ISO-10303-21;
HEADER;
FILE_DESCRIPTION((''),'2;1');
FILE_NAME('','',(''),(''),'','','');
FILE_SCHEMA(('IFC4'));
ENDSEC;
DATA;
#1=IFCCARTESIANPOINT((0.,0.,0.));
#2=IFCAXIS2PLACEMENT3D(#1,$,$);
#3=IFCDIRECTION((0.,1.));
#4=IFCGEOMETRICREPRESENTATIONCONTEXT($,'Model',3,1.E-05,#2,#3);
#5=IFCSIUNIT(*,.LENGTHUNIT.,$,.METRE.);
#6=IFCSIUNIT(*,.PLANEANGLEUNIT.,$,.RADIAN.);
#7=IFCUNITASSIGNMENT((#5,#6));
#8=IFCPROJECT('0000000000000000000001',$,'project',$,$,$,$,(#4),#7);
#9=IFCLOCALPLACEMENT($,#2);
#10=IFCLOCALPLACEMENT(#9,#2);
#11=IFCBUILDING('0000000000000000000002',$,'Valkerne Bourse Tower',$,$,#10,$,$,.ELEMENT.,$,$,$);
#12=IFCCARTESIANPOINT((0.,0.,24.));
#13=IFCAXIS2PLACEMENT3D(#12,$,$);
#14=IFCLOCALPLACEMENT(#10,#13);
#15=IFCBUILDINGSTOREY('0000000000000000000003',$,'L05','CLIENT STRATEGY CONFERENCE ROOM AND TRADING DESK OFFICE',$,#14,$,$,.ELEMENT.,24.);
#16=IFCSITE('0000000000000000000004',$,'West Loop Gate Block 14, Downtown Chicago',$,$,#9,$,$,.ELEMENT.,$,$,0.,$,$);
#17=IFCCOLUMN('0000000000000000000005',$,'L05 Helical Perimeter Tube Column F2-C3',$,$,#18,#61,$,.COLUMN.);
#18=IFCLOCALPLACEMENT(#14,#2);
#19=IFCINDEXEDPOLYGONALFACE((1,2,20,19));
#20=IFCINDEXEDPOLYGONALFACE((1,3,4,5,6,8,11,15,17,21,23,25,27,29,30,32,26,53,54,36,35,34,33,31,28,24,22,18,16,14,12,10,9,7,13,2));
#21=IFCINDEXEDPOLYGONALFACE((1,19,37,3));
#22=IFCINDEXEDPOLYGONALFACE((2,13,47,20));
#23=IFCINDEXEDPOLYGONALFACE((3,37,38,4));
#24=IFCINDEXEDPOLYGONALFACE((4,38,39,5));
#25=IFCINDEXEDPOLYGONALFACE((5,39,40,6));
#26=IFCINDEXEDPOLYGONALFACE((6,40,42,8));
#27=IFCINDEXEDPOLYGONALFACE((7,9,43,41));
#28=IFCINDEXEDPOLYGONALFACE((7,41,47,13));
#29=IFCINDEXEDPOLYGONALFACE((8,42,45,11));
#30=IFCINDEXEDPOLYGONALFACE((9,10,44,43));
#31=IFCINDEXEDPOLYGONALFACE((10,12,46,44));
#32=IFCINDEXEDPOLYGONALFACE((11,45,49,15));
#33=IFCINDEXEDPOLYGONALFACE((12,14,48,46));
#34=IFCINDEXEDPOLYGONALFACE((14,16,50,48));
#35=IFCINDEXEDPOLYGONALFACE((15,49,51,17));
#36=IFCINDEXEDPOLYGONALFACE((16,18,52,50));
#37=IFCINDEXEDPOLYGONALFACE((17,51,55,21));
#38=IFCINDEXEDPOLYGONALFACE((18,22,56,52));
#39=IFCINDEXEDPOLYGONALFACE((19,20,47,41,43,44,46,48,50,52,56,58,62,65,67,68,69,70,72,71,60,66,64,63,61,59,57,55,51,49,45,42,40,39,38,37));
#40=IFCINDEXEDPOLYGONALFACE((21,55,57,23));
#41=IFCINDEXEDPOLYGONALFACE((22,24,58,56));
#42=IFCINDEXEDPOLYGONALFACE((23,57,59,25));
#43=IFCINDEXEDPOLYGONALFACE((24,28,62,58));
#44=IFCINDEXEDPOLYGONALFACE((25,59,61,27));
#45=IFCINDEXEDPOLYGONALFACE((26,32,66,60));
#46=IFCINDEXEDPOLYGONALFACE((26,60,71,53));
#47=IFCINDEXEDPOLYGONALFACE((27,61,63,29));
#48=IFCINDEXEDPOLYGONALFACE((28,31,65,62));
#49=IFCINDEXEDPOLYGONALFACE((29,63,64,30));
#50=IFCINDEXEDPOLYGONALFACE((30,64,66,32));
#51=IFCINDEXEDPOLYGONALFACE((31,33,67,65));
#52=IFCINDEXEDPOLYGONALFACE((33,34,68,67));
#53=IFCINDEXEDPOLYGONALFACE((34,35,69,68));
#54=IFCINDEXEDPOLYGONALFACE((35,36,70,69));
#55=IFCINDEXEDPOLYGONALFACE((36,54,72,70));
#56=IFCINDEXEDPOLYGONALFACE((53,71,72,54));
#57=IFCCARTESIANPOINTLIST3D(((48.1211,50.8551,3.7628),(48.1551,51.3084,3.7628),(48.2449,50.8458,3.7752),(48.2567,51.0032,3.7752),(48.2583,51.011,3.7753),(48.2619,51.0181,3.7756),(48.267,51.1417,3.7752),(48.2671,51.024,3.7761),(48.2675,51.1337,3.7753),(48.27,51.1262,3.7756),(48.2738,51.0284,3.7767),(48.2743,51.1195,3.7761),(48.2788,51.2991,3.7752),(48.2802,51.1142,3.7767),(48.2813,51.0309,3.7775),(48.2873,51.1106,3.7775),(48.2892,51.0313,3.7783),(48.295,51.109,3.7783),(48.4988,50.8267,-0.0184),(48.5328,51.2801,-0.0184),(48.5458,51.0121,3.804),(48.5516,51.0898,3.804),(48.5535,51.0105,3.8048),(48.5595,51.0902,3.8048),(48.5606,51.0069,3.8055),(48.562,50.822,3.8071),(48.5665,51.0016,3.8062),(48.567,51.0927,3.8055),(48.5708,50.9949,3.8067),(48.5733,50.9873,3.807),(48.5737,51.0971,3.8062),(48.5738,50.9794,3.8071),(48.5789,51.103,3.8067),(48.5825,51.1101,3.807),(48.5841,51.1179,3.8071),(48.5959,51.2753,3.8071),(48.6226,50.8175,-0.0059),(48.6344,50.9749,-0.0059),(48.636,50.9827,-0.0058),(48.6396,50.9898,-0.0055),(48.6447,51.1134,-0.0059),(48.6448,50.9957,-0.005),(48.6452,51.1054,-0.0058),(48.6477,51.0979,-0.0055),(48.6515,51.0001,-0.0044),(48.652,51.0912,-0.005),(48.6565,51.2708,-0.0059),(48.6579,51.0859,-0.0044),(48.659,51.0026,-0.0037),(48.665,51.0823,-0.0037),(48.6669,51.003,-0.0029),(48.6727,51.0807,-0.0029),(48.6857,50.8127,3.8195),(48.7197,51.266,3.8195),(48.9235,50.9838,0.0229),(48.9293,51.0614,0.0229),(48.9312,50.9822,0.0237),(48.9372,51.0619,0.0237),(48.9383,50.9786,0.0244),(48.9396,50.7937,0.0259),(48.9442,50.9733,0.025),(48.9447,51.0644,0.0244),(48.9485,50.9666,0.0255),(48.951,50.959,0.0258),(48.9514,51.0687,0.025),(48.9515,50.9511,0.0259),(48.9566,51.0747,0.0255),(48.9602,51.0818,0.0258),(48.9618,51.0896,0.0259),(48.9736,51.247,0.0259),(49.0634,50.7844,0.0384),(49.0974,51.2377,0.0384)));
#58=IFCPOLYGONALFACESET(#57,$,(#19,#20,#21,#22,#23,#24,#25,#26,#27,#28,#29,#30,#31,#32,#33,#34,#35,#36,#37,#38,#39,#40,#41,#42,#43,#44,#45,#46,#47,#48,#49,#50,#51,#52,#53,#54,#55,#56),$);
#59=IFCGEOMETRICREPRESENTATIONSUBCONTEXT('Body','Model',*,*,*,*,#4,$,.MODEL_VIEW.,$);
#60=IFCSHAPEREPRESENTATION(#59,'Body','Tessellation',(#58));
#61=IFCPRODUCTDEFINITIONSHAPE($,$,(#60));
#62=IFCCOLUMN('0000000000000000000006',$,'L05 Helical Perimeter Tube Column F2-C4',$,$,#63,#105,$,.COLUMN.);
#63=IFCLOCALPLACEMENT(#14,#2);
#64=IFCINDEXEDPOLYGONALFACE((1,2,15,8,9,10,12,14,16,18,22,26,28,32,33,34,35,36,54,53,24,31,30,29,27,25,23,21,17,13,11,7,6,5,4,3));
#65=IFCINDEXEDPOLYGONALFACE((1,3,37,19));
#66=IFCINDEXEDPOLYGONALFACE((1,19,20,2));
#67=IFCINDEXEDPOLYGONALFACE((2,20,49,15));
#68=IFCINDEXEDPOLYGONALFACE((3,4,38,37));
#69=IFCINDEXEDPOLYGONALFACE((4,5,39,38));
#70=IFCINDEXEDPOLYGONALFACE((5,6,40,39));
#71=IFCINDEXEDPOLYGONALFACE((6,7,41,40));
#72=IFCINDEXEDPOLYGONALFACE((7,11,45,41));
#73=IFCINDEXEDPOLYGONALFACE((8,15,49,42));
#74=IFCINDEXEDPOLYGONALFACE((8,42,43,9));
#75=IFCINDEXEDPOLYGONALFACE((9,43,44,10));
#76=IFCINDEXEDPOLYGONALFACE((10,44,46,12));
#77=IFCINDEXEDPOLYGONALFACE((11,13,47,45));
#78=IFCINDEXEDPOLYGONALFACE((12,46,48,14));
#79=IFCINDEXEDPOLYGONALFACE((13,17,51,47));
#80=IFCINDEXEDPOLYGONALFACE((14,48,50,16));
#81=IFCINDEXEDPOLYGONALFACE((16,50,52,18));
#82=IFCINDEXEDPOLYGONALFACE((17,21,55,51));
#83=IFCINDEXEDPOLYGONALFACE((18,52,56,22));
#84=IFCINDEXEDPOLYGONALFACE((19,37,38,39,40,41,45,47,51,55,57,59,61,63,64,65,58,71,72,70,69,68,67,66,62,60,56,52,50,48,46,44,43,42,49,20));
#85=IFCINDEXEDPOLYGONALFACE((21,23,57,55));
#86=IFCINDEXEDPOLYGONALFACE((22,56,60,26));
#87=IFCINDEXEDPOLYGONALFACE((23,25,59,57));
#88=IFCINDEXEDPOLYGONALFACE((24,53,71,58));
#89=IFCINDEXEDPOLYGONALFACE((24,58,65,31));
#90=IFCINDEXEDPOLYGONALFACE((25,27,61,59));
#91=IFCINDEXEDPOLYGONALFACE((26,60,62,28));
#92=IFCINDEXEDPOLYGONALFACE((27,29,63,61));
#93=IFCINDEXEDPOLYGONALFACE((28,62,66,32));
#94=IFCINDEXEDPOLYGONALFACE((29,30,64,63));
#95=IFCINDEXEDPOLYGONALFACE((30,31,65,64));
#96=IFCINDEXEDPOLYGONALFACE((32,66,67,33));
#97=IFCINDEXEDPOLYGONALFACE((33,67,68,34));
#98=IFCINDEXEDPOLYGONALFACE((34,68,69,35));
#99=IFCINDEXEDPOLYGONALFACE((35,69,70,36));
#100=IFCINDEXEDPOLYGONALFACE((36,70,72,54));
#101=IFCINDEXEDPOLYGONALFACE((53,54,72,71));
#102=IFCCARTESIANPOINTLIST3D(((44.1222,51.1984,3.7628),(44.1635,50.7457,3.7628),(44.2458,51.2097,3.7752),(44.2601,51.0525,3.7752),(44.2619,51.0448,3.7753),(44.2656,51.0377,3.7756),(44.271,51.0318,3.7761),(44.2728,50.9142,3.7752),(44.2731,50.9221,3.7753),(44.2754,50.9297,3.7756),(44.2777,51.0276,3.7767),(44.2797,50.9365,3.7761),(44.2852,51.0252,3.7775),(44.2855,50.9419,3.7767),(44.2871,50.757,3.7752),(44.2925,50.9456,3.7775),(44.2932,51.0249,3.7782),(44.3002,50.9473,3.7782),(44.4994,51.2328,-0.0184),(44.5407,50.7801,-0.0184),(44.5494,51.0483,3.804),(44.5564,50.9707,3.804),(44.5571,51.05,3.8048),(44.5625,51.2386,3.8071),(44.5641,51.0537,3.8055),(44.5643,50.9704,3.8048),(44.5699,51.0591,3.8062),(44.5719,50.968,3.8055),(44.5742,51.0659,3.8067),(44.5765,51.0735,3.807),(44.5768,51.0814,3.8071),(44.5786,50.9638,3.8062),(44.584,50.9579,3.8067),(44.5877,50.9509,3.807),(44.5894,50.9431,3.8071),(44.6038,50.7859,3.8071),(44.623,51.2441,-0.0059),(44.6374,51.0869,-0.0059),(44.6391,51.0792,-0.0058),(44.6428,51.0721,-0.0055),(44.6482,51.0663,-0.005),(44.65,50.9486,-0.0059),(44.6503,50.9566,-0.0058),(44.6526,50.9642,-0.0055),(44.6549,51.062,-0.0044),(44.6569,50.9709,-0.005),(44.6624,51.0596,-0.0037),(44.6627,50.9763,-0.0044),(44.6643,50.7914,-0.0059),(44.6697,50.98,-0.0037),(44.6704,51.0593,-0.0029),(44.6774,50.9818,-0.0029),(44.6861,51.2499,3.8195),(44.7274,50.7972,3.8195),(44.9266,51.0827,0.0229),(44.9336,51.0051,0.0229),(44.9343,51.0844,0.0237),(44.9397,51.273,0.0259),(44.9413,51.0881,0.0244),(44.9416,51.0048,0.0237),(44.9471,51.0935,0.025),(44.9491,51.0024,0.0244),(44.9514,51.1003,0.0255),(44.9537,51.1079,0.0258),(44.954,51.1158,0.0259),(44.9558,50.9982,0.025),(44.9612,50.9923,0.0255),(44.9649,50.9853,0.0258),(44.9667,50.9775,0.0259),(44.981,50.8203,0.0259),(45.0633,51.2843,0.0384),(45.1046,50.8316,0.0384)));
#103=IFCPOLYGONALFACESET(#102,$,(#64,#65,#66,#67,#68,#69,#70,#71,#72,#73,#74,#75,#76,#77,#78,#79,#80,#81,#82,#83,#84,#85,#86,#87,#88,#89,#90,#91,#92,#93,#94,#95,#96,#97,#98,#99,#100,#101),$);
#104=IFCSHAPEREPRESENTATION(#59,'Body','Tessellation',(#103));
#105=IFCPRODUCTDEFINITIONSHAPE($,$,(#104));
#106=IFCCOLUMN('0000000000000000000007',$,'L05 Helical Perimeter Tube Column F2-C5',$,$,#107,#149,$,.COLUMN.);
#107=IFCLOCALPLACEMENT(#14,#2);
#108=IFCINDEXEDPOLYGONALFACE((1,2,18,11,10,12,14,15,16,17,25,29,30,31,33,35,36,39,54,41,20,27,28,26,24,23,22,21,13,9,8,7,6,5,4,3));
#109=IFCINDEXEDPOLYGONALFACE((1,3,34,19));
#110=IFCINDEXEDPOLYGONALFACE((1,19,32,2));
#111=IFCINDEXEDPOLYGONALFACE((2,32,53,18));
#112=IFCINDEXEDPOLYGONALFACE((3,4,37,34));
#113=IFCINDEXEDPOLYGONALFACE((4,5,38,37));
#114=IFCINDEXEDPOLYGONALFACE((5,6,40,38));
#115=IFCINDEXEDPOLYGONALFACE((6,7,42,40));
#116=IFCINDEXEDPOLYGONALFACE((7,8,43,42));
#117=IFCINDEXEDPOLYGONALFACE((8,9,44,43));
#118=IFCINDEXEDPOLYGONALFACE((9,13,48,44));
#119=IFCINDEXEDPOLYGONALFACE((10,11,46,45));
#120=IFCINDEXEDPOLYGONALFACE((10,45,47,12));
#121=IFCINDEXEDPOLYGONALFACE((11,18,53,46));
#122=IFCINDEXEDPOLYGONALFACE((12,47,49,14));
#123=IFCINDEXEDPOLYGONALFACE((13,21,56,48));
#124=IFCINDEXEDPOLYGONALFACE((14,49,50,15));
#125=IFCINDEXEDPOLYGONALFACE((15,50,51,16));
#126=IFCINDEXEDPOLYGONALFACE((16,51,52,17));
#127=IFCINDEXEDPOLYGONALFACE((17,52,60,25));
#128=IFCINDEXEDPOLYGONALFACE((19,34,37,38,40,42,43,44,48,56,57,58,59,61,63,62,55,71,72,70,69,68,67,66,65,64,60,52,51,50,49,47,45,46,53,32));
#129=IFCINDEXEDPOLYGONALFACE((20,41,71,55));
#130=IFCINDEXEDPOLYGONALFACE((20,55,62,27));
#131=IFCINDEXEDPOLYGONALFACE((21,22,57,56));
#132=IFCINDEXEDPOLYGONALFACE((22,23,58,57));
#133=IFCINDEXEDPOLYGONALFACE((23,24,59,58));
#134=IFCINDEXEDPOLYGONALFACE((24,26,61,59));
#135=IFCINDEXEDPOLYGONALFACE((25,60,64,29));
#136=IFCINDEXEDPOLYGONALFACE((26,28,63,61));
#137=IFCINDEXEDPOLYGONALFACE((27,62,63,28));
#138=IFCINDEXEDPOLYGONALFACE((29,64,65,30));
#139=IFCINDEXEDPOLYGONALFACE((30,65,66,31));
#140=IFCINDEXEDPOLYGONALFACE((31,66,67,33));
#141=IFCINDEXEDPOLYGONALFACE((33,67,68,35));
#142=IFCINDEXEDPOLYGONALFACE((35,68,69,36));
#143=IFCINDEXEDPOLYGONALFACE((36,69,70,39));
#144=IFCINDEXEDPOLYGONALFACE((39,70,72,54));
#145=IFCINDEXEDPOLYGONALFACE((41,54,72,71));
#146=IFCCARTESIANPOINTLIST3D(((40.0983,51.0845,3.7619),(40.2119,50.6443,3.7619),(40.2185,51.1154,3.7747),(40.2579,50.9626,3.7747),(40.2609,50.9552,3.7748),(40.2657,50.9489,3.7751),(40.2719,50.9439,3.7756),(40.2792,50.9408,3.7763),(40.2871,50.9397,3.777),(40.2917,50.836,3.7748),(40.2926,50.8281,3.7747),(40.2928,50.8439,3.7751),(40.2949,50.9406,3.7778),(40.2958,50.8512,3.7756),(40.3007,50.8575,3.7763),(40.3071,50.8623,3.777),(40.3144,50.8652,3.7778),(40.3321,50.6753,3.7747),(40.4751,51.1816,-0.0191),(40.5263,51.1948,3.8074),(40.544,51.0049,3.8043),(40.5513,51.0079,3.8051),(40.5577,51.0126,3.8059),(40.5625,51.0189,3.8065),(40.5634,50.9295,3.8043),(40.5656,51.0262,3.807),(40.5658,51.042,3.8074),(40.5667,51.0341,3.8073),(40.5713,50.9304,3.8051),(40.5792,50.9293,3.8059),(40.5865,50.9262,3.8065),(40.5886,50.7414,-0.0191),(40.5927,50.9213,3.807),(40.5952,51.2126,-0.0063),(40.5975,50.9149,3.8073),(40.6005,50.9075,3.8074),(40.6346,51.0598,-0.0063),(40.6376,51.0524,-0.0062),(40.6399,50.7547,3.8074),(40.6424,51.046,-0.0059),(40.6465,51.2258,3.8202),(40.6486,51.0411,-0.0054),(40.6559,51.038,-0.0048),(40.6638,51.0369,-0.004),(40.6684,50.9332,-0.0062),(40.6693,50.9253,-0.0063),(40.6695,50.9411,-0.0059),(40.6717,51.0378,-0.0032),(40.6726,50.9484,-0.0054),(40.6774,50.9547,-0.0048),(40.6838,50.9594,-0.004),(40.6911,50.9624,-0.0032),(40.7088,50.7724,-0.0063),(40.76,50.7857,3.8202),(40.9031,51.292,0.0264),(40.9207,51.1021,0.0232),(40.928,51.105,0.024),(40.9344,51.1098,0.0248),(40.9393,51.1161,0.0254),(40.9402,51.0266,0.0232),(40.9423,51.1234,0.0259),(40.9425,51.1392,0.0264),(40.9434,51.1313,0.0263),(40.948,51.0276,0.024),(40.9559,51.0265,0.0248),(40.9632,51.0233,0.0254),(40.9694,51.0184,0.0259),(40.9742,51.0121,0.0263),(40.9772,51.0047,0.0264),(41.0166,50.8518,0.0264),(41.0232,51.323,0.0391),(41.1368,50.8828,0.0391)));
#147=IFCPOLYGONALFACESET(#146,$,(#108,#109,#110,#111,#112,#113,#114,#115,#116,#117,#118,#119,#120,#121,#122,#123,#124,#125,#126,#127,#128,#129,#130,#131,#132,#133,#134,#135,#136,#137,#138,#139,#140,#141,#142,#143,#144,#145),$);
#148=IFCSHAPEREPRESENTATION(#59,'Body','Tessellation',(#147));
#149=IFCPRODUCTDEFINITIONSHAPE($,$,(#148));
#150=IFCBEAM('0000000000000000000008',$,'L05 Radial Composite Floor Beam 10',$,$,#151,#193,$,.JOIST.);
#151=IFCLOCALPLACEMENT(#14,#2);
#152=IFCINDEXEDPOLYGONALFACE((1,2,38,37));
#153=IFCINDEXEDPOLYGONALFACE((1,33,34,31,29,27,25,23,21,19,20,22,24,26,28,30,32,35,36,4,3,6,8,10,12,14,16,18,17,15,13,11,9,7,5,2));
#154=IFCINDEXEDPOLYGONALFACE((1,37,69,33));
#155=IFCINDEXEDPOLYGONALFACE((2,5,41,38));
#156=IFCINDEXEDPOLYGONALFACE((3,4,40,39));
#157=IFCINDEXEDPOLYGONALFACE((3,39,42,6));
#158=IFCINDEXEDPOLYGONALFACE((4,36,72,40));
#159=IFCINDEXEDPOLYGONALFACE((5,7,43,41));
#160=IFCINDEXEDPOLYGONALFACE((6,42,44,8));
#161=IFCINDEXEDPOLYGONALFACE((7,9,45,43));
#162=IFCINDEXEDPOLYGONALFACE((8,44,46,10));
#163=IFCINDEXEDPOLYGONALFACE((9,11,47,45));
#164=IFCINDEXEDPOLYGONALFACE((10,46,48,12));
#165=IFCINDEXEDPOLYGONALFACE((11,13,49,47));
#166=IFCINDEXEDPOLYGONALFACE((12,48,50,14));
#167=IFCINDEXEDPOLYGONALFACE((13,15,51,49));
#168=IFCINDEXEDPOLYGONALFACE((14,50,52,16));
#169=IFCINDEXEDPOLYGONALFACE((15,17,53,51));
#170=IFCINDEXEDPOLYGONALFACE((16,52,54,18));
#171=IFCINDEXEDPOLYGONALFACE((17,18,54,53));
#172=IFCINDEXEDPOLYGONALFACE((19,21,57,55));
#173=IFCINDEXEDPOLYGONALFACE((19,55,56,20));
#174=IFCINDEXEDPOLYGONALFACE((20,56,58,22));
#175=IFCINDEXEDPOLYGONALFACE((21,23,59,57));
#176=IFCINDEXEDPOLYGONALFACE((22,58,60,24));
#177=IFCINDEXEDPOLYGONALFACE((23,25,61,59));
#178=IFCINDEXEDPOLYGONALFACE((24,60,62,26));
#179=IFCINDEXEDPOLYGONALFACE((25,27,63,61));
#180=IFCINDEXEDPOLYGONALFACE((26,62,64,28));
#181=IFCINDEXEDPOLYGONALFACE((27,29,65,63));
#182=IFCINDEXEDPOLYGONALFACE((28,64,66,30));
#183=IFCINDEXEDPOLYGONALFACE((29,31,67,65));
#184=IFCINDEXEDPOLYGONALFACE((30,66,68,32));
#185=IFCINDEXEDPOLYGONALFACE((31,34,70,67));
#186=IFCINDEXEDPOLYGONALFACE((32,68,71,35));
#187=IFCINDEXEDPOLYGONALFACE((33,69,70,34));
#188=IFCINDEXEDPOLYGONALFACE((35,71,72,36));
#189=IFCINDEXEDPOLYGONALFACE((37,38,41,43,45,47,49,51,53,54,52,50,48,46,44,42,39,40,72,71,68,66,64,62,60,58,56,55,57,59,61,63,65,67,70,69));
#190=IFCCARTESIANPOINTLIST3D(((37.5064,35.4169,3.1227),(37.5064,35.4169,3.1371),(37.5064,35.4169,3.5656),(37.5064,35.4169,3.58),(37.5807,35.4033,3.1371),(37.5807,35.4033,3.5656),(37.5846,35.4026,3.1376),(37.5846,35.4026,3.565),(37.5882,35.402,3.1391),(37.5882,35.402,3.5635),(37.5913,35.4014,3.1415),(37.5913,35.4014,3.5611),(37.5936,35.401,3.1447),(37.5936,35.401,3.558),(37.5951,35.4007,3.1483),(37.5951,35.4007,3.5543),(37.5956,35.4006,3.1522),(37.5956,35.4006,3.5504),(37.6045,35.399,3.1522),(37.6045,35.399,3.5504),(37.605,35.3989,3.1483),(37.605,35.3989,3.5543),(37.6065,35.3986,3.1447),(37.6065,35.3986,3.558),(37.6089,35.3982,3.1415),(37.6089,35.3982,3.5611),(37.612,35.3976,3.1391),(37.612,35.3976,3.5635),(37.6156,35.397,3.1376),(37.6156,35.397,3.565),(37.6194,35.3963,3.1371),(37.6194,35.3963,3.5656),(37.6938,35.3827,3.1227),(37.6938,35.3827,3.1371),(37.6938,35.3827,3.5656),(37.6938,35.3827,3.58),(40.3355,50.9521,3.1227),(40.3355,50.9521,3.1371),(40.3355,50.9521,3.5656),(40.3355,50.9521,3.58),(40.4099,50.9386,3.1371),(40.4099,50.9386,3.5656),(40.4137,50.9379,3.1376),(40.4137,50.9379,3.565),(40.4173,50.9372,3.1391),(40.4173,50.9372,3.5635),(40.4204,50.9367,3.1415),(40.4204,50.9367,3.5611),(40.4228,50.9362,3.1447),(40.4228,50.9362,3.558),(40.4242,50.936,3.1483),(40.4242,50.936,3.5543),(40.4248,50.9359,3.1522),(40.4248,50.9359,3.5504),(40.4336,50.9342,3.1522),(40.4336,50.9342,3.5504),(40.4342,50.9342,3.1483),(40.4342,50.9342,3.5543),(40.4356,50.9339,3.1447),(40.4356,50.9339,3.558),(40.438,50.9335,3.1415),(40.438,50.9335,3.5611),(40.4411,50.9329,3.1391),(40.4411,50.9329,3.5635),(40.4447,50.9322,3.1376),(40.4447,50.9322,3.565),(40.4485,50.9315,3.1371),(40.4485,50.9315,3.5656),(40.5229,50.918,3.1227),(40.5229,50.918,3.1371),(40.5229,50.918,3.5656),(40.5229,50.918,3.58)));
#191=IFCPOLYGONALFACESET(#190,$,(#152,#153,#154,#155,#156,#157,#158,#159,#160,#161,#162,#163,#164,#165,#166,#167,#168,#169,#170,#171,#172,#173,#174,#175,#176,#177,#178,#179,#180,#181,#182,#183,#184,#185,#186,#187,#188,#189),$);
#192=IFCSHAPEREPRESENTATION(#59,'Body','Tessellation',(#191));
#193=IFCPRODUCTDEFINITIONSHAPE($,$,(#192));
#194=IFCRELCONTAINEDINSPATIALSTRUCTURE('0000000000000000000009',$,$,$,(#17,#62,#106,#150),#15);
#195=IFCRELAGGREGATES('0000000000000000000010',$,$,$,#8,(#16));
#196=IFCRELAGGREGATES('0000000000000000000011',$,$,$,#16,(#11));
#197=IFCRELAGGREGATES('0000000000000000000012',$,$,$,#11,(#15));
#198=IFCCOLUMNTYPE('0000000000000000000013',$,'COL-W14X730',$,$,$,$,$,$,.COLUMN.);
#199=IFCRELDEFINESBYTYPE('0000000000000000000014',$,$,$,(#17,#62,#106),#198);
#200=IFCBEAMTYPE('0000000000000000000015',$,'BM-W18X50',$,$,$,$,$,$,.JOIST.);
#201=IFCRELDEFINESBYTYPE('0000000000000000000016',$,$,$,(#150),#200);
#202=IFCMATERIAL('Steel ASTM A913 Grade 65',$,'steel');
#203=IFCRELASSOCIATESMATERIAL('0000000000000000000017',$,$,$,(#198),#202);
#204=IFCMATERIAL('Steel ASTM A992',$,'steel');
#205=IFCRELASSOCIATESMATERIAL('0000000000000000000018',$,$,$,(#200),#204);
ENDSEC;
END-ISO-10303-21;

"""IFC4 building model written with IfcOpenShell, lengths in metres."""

from ifc_helpers import new_model, si_unit, direction, frame, origin, origin_2d, place, context, subcontext, project, spatial, i_section, extrude, material, material_profile, profile_set, type_object, element, save


model = new_model("IFC4")

# Units and contexts
model_context = context("Model", 3, precision=1e-05, world=origin(), true_north=direction((0.0, 1.0)))
body_context = subcontext(model_context, "Body", "Model", "MODEL_VIEW")
ifc_project = project(units=[si_unit("LENGTHUNIT", "METRE"), si_unit("PLANEANGLEUNIT", "RADIAN")], contexts=[model_context])

# Site, building, storey
site_placement = place(None, origin())
site = spatial("IfcSite", under=ifc_project, at=site_placement, Name="West Loop Gate Block 14, Downtown Chicago", CompositionType="ELEMENT", RefElevation=0.0)
building_placement = place(site_placement, origin())
building = spatial("IfcBuilding", under=site, at=building_placement, Name="Valkerne Bourse Tower", CompositionType="ELEMENT")
storey_placement = place(building_placement, frame((0.0, 0.0, 24.0)))
storey = spatial("IfcBuildingStorey", under=building, at=storey_placement, Name="L05", Description="CLIENT STRATEGY CONFERENCE ROOM AND TRADING DESK OFFICE", CompositionType="ELEMENT", Elevation=24.0)

# Columns
ifc_material_1 = material(Name="Steel ASTM A913 Grade 65", Category="steel")
ifc_material_profile_1 = material_profile(ifc_material_1, i_section(OverallWidth=0.4546, OverallDepth=0.5691, WebThickness=0.0779, FlangeThickness=0.1248, FilletRadius=0.0305, at=origin_2d()), Name="W14X730")
ifc_profile_set_1 = profile_set([ifc_material_profile_1], Name="Steel ASTM A913 Grade 65")
column_type = type_object("IfcColumnType", Name="COL-W14X730", PredefinedType="COLUMN", material=ifc_profile_set_1)
for number, where, z_axis, x_axis, name in (
    (1, (48.7981, 51.0322, 0.01), (-0.099393, 0.007453, 0.99502), (0.074774, 0.997201, 0.0), "L05 Helical Perimeter Tube Column F2-C3"),
    (2, (44.802, 51.0322, 0.01), (-0.099264, -0.009059, 0.99502), (-0.090884, 0.995861, 0.0), "L05 Helical Perimeter Tube Column F2-C4"),
):
    element("IfcColumn", number, at=place(storey_placement, frame(where, z_axis=z_axis, x_axis=x_axis)), inside=storey, type_object=column_type, Name=name, PredefinedType="COLUMN", context=body_context, shape_type="SweptSolid", body=[
        extrude(i_section(OverallWidth=0.4546, OverallDepth=0.5691, WebThickness=0.0779, FlangeThickness=0.1248, FilletRadius=0.0305, at=origin_2d()), origin(), (0.0, 0.0, 1.0), 3.8),
    ])
column_placement = place(storey_placement, frame((40.8059, 51.0322, 0.01), z_axis=(-0.099109, -0.025564, 0.994748), x_axis=(-0.249764, 0.968307, 0.0)))
element("IfcColumn", 3, at=column_placement, inside=storey, type_object=column_type, Name="L05 Helical Perimeter Tube Column F2-C5", PredefinedType="COLUMN", context=body_context, shape_type="SweptSolid", body=[
    extrude(i_section(OverallWidth=0.4546, OverallDepth=0.5691, WebThickness=0.0779, FlangeThickness=0.1248, FilletRadius=0.0305, at=origin_2d()), origin(), (0.0, 0.0, 1.0), 3.801),
])

# Beam
ifc_material_2 = material(Name="Steel ASTM A992", Category="steel")
ifc_material_profile_2 = material_profile(ifc_material_2, i_section(OverallWidth=0.1904, OverallDepth=0.4573, WebThickness=0.009, FlangeThickness=0.0144, FilletRadius=0.0151, at=origin_2d()), Name="W18X50")
ifc_profile_set_2 = profile_set([ifc_material_profile_2], Name="Steel ASTM A992")
beam_type_1 = type_object("IfcBeamType", Name="BM-W18X50", PredefinedType="JOIST", material=ifc_profile_set_2)
beam_1_placement = place(storey_placement, frame((40.4292, 50.9351, 3.3513), z_axis=(-0.179163, -0.983819, 0.0), x_axis=(0.983819, -0.179163, 0.0)))
element("IfcBeam", 4, at=beam_1_placement, inside=storey, type_object=beam_type_1, Name="L05 Radial Composite Floor Beam 10", PredefinedType="JOIST", context=body_context, shape_type="SweptSolid", body=[
    extrude(i_section(OverallWidth=0.1904, OverallDepth=0.4573, WebThickness=0.009, FlangeThickness=0.0144, FilletRadius=0.0151, at=origin_2d()), origin(), (0.0, 0.0, 1.0), 15.7908),
])

save(model, "model.ifc")
